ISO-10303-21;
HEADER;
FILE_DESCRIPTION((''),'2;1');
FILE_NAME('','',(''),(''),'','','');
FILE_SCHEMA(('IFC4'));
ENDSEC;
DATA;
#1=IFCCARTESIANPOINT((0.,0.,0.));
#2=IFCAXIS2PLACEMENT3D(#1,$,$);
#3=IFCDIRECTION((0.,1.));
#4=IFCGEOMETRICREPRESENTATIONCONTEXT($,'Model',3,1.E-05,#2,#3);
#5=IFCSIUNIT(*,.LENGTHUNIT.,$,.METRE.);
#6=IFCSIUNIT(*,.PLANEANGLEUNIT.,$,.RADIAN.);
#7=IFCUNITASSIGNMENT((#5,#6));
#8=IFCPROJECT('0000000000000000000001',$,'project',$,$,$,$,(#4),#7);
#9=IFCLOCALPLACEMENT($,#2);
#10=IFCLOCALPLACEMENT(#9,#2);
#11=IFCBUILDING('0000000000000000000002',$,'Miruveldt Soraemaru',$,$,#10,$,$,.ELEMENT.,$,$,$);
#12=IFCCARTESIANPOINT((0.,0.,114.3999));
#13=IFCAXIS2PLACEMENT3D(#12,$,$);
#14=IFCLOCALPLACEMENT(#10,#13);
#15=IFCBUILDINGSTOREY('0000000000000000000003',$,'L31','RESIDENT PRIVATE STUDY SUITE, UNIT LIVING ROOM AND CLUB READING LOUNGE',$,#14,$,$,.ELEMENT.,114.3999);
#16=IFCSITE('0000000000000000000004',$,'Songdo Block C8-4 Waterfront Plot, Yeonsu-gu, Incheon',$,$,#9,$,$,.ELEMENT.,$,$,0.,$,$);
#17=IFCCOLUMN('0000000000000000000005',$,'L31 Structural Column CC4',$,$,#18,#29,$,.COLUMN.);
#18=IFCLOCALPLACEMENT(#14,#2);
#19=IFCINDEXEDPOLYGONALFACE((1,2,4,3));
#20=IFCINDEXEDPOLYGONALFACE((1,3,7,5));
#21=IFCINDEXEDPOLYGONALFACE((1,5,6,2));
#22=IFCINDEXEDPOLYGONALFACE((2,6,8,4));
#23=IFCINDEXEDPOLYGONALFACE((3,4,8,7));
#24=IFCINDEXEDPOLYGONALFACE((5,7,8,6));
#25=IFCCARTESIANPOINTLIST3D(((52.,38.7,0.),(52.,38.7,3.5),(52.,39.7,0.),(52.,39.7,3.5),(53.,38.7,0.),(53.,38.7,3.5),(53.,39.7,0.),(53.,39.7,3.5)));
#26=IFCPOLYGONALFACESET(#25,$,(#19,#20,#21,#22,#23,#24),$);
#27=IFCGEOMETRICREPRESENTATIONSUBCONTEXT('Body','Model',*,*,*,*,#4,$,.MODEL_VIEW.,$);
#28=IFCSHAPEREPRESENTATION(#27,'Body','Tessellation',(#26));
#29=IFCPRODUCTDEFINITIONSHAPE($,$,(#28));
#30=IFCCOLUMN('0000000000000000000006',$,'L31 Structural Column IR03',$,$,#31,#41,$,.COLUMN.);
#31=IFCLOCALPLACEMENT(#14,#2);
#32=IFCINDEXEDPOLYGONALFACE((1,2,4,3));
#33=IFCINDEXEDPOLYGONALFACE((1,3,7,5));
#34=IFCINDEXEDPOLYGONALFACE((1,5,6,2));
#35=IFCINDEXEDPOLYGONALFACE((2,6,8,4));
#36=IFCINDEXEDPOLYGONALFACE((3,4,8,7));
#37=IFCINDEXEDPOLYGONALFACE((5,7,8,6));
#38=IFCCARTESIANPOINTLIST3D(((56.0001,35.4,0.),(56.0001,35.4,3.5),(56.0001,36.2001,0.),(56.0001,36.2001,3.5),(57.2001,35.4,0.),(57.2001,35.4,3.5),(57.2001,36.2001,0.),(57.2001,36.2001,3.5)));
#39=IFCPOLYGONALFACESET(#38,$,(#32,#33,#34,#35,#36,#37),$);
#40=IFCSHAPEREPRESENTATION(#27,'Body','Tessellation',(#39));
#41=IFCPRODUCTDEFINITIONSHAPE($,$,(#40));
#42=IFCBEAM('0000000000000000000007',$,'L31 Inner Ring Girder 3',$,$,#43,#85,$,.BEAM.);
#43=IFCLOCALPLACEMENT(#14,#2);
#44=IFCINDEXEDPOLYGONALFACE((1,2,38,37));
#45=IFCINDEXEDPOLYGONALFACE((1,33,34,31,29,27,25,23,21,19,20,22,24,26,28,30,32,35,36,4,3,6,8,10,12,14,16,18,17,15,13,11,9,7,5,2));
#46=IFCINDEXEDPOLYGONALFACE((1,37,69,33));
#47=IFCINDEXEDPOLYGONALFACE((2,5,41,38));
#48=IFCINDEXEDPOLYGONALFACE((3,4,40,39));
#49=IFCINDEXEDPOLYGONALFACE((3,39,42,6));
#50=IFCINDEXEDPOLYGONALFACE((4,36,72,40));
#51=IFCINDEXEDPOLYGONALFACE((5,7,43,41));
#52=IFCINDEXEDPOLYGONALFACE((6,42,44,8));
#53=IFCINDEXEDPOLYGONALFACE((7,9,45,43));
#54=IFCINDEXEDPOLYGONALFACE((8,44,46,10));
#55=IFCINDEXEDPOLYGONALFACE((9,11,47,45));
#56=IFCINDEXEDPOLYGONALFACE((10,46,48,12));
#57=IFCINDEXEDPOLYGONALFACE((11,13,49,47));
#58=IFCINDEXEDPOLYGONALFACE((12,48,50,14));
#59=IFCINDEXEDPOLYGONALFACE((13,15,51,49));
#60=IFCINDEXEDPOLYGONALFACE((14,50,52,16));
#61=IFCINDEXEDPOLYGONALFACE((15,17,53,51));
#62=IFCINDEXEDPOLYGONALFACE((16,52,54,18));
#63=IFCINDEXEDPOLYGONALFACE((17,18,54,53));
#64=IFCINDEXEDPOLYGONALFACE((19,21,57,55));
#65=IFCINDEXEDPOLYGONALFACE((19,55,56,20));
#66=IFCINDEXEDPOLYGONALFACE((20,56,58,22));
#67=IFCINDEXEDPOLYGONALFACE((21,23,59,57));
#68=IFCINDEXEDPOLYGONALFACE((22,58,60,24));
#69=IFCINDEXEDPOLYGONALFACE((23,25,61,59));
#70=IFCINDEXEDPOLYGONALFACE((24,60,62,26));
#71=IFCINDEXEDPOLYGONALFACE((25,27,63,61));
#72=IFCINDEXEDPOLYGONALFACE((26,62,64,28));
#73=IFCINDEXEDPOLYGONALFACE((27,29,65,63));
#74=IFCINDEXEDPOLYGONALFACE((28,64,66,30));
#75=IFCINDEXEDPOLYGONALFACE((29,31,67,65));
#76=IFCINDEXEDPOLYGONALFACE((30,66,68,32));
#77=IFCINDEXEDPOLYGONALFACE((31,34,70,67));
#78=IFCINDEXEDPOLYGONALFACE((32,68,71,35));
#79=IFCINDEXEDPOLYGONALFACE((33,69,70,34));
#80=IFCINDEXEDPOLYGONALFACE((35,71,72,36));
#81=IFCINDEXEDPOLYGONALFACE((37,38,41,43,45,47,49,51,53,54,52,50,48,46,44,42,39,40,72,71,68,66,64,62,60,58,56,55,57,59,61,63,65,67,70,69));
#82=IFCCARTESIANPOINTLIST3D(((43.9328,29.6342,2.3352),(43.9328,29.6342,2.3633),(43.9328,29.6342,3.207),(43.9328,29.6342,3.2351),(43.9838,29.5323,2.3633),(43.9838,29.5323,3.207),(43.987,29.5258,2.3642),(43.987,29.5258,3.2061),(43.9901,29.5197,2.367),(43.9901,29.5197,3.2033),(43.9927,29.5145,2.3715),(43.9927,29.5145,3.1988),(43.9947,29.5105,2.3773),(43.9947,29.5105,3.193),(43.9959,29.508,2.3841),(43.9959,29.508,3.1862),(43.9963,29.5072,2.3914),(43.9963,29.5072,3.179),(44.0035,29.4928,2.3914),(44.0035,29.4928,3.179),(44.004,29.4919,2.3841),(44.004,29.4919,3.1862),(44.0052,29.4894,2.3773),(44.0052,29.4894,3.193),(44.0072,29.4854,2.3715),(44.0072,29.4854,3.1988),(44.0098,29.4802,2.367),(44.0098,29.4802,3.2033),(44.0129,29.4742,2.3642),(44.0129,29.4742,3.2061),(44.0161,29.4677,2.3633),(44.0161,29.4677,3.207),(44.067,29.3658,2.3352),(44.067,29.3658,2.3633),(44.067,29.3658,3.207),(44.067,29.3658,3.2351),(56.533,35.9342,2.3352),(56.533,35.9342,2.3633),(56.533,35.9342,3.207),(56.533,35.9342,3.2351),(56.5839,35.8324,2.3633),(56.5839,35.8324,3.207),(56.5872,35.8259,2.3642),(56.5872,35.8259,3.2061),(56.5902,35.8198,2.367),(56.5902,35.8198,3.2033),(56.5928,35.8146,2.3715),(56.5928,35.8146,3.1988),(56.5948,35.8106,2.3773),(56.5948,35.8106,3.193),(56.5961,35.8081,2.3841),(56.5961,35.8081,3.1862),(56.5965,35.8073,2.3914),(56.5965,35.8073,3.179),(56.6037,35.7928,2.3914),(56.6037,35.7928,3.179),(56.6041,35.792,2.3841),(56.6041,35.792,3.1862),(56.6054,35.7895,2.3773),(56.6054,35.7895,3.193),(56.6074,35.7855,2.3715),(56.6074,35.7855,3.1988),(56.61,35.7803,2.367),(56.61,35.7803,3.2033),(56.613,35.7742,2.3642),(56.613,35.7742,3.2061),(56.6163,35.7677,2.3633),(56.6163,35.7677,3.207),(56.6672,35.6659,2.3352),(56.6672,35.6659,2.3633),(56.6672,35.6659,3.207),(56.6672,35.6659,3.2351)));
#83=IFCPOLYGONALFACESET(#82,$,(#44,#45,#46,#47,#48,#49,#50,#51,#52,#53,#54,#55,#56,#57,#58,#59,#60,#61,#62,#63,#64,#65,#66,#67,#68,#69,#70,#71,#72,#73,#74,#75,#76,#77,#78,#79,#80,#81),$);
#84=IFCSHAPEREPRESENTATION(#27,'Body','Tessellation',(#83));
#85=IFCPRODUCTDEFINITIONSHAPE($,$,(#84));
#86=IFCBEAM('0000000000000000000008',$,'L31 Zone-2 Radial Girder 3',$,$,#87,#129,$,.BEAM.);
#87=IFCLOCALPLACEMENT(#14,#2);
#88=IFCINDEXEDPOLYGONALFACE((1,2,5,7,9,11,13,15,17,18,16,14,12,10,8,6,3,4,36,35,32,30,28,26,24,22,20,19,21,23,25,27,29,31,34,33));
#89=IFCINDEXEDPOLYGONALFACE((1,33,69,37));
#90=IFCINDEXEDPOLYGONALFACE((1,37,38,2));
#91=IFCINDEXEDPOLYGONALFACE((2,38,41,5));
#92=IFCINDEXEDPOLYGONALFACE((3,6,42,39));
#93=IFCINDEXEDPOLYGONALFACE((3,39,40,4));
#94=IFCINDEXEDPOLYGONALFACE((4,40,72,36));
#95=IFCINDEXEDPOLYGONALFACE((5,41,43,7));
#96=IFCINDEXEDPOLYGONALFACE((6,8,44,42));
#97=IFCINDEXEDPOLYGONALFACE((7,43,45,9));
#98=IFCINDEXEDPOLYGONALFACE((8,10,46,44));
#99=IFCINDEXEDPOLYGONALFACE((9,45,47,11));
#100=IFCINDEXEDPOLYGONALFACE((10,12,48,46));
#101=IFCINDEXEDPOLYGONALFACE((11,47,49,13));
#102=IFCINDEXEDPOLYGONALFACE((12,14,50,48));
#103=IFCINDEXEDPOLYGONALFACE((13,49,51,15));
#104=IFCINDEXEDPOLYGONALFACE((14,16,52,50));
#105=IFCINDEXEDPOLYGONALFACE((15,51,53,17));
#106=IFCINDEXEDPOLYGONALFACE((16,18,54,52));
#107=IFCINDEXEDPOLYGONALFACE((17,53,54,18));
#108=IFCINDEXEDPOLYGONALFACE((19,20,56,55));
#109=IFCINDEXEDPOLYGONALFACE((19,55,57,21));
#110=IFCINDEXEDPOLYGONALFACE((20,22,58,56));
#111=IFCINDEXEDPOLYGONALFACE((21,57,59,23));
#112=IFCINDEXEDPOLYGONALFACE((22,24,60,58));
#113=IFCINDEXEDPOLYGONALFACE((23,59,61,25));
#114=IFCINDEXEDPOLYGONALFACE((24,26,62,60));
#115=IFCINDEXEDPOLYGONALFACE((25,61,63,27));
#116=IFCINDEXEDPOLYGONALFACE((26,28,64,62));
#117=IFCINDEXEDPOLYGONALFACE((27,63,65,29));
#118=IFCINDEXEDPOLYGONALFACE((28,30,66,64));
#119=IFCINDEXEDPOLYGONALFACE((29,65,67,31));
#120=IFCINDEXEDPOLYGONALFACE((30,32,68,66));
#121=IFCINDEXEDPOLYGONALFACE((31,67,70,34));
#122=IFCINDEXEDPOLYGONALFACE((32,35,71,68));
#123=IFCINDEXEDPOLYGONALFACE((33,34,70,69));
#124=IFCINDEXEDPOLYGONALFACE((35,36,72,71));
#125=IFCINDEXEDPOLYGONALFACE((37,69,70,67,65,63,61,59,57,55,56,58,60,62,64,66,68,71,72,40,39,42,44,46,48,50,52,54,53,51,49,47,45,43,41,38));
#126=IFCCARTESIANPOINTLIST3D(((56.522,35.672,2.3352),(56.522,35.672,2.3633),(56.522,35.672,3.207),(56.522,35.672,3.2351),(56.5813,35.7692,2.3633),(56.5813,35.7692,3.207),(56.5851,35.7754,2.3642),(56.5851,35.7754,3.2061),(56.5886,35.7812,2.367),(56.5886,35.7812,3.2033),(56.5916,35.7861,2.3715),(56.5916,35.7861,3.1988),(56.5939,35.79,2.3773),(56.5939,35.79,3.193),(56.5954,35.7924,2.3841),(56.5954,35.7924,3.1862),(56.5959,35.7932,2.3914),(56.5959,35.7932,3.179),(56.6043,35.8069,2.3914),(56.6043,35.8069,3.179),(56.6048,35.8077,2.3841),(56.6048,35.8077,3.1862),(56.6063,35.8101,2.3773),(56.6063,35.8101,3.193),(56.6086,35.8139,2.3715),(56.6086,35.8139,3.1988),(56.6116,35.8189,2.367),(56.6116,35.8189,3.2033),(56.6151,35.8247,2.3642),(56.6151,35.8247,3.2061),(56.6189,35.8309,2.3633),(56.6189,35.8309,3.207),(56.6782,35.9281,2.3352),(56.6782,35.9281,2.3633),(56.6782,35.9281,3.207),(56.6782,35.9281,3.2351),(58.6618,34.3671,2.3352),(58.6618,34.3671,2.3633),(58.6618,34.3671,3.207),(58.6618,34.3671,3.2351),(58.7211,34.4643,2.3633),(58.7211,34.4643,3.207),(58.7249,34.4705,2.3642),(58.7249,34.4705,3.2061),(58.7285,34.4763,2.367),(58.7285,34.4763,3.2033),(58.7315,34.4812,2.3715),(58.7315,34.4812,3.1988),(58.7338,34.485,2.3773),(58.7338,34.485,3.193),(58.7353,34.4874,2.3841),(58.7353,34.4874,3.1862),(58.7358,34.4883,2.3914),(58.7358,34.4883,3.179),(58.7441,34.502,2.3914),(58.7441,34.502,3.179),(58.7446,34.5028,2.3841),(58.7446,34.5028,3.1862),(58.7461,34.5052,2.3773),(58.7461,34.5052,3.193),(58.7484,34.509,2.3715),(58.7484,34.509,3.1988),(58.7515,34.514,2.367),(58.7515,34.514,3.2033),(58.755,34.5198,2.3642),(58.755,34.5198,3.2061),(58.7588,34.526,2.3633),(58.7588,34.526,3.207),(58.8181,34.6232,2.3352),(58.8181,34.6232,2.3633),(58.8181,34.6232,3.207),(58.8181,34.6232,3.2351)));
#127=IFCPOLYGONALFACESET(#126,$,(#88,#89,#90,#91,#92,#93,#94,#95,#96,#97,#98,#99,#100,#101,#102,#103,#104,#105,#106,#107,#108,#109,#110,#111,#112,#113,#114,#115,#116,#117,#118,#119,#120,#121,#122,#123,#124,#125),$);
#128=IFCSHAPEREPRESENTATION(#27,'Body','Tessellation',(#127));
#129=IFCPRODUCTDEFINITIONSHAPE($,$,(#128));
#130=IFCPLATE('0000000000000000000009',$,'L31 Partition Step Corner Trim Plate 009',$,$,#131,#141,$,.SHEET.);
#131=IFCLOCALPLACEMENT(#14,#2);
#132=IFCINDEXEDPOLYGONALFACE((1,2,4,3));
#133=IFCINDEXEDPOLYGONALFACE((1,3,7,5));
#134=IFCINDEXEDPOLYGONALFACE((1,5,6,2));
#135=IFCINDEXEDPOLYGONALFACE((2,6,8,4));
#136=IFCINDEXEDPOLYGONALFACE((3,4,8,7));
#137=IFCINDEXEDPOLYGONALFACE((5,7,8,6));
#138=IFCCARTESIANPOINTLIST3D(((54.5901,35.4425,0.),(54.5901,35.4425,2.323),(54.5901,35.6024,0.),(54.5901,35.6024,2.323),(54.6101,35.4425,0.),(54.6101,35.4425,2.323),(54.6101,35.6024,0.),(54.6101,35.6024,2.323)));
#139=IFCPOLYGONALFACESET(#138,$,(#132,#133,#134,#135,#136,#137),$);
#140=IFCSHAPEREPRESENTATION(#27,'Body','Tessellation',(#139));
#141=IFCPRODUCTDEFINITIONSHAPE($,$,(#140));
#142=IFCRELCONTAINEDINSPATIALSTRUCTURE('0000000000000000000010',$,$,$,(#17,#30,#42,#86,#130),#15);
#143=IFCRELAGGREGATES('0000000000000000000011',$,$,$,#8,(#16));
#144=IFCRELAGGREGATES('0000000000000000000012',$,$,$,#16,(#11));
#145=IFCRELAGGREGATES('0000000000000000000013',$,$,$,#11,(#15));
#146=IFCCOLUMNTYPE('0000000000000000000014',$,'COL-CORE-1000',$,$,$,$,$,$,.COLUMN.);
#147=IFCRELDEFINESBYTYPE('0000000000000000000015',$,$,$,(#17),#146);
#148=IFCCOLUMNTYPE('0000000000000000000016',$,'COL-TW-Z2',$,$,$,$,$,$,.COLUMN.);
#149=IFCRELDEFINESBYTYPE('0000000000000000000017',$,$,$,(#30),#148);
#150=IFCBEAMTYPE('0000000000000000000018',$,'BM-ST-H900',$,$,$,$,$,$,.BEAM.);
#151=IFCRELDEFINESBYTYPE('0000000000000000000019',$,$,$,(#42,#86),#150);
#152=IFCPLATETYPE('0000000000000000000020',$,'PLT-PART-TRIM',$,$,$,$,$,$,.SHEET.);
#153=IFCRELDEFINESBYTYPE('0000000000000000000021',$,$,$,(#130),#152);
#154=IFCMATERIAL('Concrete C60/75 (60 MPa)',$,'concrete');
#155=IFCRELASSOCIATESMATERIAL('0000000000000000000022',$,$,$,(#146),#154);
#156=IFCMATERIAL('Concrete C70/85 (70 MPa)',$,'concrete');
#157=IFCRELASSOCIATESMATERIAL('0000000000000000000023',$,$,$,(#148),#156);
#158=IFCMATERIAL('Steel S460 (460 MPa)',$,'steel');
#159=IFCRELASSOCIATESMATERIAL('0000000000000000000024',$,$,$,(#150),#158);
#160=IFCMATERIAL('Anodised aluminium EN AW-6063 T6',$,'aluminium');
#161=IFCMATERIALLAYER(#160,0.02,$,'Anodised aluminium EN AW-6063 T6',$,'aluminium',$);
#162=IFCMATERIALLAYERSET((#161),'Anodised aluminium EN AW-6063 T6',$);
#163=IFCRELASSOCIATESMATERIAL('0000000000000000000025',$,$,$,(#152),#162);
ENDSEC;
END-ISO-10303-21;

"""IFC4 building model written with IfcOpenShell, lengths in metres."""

from ifc_helpers import new_model, si_unit, direction, frame, origin, origin_2d, place, context, subcontext, project, spatial, rectangle, i_section, extrude, material, layer, layer_set, material_profile, profile_set, type_object, element, save


model = new_model("IFC4")

# Units and contexts
model_context = context("Model", 3, precision=1e-05, world=origin(), true_north=direction((0.0, 1.0)))
body_context = subcontext(model_context, "Body", "Model", "MODEL_VIEW")
ifc_project = project(units=[si_unit("LENGTHUNIT", "METRE"), si_unit("PLANEANGLEUNIT", "RADIAN")], contexts=[model_context])

# Site, building, storey
site_placement = place(None, origin())
site = spatial("IfcSite", under=ifc_project, at=site_placement, Name="Songdo Block C8-4 Waterfront Plot, Yeonsu-gu, Incheon", CompositionType="ELEMENT", RefElevation=0.0)
building_placement = place(site_placement, origin())
building = spatial("IfcBuilding", under=site, at=building_placement, Name="Miruveldt Soraemaru", CompositionType="ELEMENT")
storey_placement = place(building_placement, frame((0.0, 0.0, 114.3999)))
storey = spatial("IfcBuildingStorey", under=building, at=storey_placement, Name="L31", Description="RESIDENT PRIVATE STUDY SUITE, UNIT LIVING ROOM AND CLUB READING LOUNGE", CompositionType="ELEMENT", Elevation=114.3999)

# Columns
ifc_material_1 = material(Name="Concrete C60/75 (60 MPa)", Category="concrete")
ifc_material_profile_1 = material_profile(ifc_material_1, rectangle(XDim=1.0, YDim=1.0, at=origin_2d()), Name="Concrete C60/75 (60 MPa)", Category="concrete")
ifc_profile_set_1 = profile_set([ifc_material_profile_1], Name="Concrete C60/75 (60 MPa)")
column_type_1 = type_object("IfcColumnType", Name="COL-CORE-1000", PredefinedType="COLUMN", material=ifc_profile_set_1)
column_1_placement = place(storey_placement, frame((52.5, 39.2, 0.0), z_axis=(0.0, 0.0, 1.0), x_axis=(1.0, 0.0, 0.0)))
element("IfcColumn", 1, at=column_1_placement, inside=storey, type_object=column_type_1, Name="L31 Structural Column CC4", PredefinedType="COLUMN", context=body_context, shape_type="SweptSolid", body=[
    extrude(rectangle(XDim=1.0, YDim=1.0, at=origin_2d()), origin(), (0.0, 0.0, 1.0), 3.5),
])
ifc_material_2 = material(Name="Concrete C70/85 (70 MPa)", Category="concrete")
ifc_material_profile_2 = material_profile(ifc_material_2, rectangle(XDim=1.2, YDim=0.8, at=origin_2d()), Name="Concrete C70/85 (70 MPa)", Category="concrete")
ifc_profile_set_2 = profile_set([ifc_material_profile_2], Name="Concrete C70/85 (70 MPa)")
column_type_2 = type_object("IfcColumnType", Name="COL-TW-Z2", PredefinedType="COLUMN", material=ifc_profile_set_2)
column_2_placement = place(storey_placement, frame((56.6001, 35.8, 0.0), z_axis=(0.0, 0.0, 1.0), x_axis=(1.0, 0.0, 0.0)))
element("IfcColumn", 2, at=column_2_placement, inside=storey, type_object=column_type_2, Name="L31 Structural Column IR03", PredefinedType="COLUMN", context=body_context, shape_type="SweptSolid", body=[
    extrude(rectangle(XDim=1.2, YDim=0.8, at=origin_2d()), origin(), (0.0, 0.0, 1.0), 3.5),
])

# Beams
ifc_material_3 = material(Name="Steel S460 (460 MPa)", Category="steel")
ifc_material_profile_3 = material_profile(ifc_material_3, i_section(OverallWidth=0.3, OverallDepth=0.8999, WebThickness=0.0161, FlangeThickness=0.0281, FilletRadius=0.0281, at=origin_2d()), Name="Steel S460 (460 MPa)", Category="steel")
ifc_profile_set_3 = profile_set([ifc_material_profile_3], Name="Steel S460 (460 MPa)")
beam_type = type_object("IfcBeamType", Name="BM-ST-H900", PredefinedType="BEAM", material=ifc_profile_set_3)
beam_1_placement = place(storey_placement, frame((56.6001, 35.8, 2.7852), z_axis=(-0.894427, -0.447214, 0.0), x_axis=(0.447214, -0.894427, 0.0)))
element("IfcBeam", 3, at=beam_1_placement, inside=storey, type_object=beam_type, Name="L31 Inner Ring Girder 3", PredefinedType="BEAM", context=body_context, shape_type="SweptSolid", body=[
    extrude(i_section(OverallWidth=0.3, OverallDepth=0.8999, WebThickness=0.0161, FlangeThickness=0.0281, FilletRadius=0.0281, at=origin_2d()), origin(), (0.0, 0.0, 1.0), 14.0874),
])
beam_2_placement = place(storey_placement, frame((56.6001, 35.8, 2.7852), z_axis=(0.853775, -0.520642, 0.0), x_axis=(0.520642, 0.853775, 0.0)))
element("IfcBeam", 4, at=beam_2_placement, inside=storey, type_object=beam_type, Name="L31 Zone-2 Radial Girder 3", PredefinedType="BEAM", context=body_context, shape_type="SweptSolid", body=[
    extrude(i_section(OverallWidth=0.3, OverallDepth=0.8999, WebThickness=0.0161, FlangeThickness=0.0281, FilletRadius=0.0281, at=origin_2d()), origin(), (0.0, 0.0, 1.0), 2.5063),
])

# Plate
ifc_material_4 = material(Name="Anodised aluminium EN AW-6063 T6", Category="aluminium")
ifc_layer_1 = layer(ifc_material_4, 0.02, Name="Anodised aluminium EN AW-6063 T6", Category="aluminium")
ifc_layer_set_1 = layer_set([ifc_layer_1], Name="Anodised aluminium EN AW-6063 T6")
plate_type = type_object("IfcPlateType", Name="PLT-PART-TRIM", PredefinedType="SHEET", material=ifc_layer_set_1)
plate_placement = place(storey_placement, frame((54.6001, 35.5225, 0.0), z_axis=(0.0, 0.0, 1.0), x_axis=(0.0, 1.0, 0.0)))
element("IfcPlate", 5, at=plate_placement, inside=storey, type_object=plate_type, Name="L31 Partition Step Corner Trim Plate 009", PredefinedType="SHEET", context=body_context, shape_type="SweptSolid", body=[
    extrude(rectangle(XDim=0.1599, YDim=0.02, at=origin_2d()), origin(), (0.0, 0.0, 1.0), 2.323),
])

save(model, "model.ifc")
